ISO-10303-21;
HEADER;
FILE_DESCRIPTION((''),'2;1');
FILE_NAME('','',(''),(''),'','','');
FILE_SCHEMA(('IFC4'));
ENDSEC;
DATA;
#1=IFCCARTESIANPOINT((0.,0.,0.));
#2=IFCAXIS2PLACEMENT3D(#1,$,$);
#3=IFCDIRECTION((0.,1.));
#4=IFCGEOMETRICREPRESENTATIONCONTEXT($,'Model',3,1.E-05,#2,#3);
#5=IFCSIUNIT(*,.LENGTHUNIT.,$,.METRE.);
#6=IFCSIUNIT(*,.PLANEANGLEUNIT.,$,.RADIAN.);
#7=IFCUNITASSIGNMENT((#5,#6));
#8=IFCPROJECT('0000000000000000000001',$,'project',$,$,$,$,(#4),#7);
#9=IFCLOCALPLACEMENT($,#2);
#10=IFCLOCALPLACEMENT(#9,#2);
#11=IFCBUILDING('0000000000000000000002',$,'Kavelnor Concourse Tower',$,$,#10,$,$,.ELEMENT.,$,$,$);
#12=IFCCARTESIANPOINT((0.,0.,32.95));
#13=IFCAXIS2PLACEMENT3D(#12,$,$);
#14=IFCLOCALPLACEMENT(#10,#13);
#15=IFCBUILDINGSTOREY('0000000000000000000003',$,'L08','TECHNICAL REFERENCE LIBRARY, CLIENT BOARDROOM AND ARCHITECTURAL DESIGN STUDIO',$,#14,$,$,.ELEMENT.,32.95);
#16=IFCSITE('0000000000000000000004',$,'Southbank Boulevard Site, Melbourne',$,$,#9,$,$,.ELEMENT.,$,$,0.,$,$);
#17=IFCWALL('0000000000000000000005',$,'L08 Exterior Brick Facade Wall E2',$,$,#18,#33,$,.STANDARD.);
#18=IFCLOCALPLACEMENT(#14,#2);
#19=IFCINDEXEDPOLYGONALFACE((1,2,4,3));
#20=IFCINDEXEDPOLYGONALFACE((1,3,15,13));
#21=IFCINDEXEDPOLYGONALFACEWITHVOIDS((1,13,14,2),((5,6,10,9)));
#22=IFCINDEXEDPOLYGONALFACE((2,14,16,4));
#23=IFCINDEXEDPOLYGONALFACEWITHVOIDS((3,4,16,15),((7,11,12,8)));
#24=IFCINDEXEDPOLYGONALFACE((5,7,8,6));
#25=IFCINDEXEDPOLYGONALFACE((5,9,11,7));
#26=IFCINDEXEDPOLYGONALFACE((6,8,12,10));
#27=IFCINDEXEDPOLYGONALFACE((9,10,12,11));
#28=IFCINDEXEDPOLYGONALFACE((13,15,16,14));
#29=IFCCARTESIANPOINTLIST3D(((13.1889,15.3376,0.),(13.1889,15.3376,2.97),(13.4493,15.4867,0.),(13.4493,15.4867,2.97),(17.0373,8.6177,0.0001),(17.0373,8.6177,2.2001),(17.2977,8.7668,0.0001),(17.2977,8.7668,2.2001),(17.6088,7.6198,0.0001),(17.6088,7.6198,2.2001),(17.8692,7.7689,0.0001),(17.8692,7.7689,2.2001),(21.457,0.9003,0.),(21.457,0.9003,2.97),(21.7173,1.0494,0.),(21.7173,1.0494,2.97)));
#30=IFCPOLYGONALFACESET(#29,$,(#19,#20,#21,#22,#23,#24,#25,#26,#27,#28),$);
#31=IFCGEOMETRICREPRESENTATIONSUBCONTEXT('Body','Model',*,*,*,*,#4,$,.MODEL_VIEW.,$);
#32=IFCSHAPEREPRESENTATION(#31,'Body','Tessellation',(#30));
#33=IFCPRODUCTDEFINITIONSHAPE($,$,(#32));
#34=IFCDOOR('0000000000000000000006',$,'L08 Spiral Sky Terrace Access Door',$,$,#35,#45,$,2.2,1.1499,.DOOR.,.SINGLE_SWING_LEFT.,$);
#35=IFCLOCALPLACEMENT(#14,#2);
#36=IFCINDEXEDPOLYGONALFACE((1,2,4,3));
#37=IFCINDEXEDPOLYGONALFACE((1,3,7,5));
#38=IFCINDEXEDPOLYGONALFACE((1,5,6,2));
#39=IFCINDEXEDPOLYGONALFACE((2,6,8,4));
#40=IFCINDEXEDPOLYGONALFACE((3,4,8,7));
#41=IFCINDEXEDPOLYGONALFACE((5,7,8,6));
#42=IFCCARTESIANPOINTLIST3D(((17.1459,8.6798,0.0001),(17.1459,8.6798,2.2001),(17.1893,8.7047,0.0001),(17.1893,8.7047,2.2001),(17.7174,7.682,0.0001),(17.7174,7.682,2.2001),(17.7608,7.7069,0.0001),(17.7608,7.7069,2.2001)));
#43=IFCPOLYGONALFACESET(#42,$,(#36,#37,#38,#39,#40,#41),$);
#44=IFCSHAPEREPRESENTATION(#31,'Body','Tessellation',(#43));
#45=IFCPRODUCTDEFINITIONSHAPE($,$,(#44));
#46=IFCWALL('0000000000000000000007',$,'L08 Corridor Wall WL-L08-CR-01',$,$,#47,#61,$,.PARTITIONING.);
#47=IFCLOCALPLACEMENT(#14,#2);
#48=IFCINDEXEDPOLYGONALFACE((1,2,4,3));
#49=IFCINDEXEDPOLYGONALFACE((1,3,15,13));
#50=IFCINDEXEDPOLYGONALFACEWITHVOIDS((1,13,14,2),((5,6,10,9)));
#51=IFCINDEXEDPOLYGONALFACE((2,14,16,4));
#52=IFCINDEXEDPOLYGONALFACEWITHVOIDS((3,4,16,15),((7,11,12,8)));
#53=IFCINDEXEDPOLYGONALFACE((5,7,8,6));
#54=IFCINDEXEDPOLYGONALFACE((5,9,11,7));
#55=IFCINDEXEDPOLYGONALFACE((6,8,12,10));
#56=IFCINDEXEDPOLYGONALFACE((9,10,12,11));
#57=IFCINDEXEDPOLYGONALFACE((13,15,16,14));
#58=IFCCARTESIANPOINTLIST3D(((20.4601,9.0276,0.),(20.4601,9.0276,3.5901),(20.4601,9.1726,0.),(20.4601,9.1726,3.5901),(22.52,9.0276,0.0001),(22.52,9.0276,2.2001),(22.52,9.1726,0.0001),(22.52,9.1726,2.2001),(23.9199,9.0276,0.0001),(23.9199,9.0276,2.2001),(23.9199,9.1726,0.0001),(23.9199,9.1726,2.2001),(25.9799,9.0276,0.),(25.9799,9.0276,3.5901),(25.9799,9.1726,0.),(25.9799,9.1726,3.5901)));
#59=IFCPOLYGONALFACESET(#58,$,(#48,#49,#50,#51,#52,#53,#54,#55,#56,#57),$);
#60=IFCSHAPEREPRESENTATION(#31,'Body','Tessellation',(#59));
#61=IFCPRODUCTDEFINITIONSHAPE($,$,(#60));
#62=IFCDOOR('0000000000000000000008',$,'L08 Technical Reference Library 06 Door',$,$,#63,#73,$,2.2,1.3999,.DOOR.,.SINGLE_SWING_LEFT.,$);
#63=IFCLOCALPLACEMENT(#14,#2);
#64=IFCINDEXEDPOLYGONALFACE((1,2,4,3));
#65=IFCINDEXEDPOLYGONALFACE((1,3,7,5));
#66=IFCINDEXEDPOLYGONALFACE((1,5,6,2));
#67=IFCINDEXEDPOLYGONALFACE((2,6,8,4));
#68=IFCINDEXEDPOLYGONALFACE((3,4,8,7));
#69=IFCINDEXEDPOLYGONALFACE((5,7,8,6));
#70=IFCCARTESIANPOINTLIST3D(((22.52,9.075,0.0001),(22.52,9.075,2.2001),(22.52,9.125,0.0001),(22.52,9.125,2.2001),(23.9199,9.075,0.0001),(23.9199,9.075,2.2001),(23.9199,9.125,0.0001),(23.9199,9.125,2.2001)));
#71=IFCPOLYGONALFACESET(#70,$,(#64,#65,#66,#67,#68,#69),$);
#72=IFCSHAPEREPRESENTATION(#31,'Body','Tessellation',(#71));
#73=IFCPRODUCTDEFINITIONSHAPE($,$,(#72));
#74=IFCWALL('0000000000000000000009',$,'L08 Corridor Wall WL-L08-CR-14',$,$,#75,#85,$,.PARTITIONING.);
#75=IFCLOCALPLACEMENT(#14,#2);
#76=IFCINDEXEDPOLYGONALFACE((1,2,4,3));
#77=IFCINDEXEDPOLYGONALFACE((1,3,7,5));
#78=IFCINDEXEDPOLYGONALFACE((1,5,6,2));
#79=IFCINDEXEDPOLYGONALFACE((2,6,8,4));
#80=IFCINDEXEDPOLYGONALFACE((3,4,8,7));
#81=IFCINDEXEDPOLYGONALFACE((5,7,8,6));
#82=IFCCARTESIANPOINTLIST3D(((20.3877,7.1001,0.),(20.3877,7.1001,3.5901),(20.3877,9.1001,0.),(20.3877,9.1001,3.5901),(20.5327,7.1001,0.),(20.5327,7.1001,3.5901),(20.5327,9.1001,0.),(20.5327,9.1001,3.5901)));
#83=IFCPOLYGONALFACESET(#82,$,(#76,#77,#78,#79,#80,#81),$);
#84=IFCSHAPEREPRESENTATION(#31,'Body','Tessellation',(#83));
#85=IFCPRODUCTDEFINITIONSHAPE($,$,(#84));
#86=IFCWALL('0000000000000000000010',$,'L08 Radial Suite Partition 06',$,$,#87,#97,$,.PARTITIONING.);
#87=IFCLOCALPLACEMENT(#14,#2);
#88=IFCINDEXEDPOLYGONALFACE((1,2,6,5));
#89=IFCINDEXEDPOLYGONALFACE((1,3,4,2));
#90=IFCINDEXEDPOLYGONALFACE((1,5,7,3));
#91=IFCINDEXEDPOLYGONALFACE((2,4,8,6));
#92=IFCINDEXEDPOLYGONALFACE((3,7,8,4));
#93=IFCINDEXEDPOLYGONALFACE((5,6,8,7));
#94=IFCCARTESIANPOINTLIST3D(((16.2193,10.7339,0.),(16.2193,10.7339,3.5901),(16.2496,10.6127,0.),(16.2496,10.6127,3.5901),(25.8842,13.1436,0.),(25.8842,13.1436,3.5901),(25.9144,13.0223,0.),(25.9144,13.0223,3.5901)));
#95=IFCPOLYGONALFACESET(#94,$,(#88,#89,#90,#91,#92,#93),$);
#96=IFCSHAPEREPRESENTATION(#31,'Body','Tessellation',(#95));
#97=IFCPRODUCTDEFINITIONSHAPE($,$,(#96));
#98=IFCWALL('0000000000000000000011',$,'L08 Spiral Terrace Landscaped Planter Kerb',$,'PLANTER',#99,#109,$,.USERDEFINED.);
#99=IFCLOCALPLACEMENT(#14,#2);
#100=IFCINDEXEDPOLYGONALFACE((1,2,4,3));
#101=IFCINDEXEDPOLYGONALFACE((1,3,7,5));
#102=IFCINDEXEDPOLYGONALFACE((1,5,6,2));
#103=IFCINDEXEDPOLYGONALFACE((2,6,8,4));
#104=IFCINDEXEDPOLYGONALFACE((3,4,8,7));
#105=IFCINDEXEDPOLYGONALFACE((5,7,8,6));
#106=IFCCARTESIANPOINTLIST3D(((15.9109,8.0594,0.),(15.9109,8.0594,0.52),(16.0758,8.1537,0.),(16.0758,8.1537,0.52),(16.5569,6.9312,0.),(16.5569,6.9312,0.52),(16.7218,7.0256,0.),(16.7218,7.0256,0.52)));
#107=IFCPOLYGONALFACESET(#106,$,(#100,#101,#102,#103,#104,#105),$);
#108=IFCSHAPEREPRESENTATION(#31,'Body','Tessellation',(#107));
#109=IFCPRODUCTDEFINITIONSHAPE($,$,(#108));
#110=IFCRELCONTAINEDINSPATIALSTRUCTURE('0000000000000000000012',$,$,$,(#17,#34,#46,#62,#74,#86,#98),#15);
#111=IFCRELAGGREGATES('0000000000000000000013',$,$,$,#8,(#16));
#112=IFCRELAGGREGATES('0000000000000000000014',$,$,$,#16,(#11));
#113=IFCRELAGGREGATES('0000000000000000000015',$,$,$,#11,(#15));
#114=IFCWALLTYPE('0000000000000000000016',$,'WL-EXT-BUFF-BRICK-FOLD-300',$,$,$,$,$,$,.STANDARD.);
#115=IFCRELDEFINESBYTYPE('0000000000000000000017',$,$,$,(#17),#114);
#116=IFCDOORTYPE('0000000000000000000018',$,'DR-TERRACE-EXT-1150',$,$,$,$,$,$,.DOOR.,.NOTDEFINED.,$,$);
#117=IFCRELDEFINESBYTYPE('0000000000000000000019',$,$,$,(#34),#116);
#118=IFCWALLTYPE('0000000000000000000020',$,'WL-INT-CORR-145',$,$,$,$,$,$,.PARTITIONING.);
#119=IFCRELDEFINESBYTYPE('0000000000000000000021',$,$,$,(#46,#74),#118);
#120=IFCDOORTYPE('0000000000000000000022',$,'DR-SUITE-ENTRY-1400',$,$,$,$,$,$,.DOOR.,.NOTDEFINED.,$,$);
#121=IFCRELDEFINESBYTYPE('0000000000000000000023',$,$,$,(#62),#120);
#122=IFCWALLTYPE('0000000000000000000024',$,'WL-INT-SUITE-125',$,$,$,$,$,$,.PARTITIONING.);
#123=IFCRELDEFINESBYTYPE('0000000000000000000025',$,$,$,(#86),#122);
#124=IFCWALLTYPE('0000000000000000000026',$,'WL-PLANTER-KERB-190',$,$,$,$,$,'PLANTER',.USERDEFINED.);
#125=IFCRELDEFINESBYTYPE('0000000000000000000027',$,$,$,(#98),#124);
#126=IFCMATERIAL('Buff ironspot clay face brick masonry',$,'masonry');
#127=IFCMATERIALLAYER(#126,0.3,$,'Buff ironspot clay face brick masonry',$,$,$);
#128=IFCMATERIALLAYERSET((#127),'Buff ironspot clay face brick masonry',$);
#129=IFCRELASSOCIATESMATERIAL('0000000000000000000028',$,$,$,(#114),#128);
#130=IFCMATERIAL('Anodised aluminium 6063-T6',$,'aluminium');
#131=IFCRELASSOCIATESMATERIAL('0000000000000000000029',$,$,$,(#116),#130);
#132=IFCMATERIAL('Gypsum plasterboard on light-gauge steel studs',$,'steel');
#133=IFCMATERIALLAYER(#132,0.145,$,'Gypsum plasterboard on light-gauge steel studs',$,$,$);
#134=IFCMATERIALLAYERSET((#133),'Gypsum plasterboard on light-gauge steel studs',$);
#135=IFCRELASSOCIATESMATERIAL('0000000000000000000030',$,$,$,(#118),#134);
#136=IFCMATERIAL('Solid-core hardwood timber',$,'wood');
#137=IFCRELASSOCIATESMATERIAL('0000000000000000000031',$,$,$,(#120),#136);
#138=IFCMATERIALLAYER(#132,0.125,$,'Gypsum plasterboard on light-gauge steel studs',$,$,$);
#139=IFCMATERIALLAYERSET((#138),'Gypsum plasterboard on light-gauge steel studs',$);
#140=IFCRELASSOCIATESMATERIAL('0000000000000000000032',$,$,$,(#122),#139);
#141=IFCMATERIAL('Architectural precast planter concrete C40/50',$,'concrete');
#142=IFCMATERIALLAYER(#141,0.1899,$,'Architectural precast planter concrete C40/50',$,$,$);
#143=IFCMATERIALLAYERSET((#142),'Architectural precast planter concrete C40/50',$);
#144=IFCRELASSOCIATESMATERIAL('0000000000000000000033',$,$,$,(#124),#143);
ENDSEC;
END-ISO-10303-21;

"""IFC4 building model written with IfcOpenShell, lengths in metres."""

from ifc_helpers import new_model, si_unit, direction, frame, frame_2d, origin, place, context, subcontext, project, spatial, rectangle, extrude, material, layer, layer_set, type_object, element, fill, save


model = new_model("IFC4")

# Units and contexts
model_context = context("Model", 3, precision=1e-05, world=origin(), true_north=direction((0.0, 1.0)))
body_context = subcontext(model_context, "Body", "Model", "MODEL_VIEW")
ifc_project = project(units=[si_unit("LENGTHUNIT", "METRE"), si_unit("PLANEANGLEUNIT", "RADIAN")], contexts=[model_context])

# Site, building, storey
site_placement = place(None, origin())
site = spatial("IfcSite", under=ifc_project, at=site_placement, Name="Southbank Boulevard Site, Melbourne", CompositionType="ELEMENT", RefElevation=0.0)
building_placement = place(site_placement, origin())
building = spatial("IfcBuilding", under=site, at=building_placement, Name="Kavelnor Concourse Tower", CompositionType="ELEMENT")
storey_placement = place(building_placement, frame((0.0, 0.0, 32.95)))
storey = spatial("IfcBuildingStorey", under=building, at=storey_placement, Name="L08", Description="TECHNICAL REFERENCE LIBRARY, CLIENT BOARDROOM AND ARCHITECTURAL DESIGN STUDIO", CompositionType="ELEMENT", Elevation=32.95)

# Walls, openings, doors
ifc_material_1 = material(Name="Buff ironspot clay face brick masonry", Category="masonry")
ifc_layer_1 = layer(ifc_material_1, 0.3, Name="Buff ironspot clay face brick masonry")
ifc_layer_set_1 = layer_set([ifc_layer_1], Name="Buff ironspot clay face brick masonry")
wall_type_1 = type_object("IfcWallType", Name="WL-EXT-BUFF-BRICK-FOLD-300", PredefinedType="STANDARD", material=ifc_layer_set_1)
wall_1_placement = place(storey_placement, frame((21.5872, 0.9749, 0.0), z_axis=(0.0, 0.0, 1.0), x_axis=(-0.496964, 0.867771, 0.0)))
wall_1 = element("IfcWall", 1, at=wall_1_placement, inside=storey, type_object=wall_type_1, Name="L08 Exterior Brick Facade Wall E2", PredefinedType="STANDARD", context=body_context, shape_type="SweptSolid", body=[
    extrude(rectangle(XDim=16.6372, YDim=0.3, at=frame_2d((8.3186, 0.0))), origin(), (0.0, 0.0, 1.0), 2.97),
])
opening_1_placement = place(wall_1_placement, frame((7.7434, 0.0, 0.0)))
opening_1 = element("IfcOpeningElement", 2, at=opening_1_placement, cuts=wall_1, PredefinedType="OPENING", context=body_context, shape_type="SweptSolid", body=[
    extrude(rectangle(XDim=1.1499, YDim=2.2, at=frame_2d((0.575, 1.1001))), frame((0.0, 0.1602, 0.0), z_axis=(0.0, -1.0, 0.0), x_axis=(1.0, 0.0, 0.0)), (0.0, 0.0, 1.0), 0.3201),
])
ifc_material_2 = material(Name="Anodised aluminium 6063-T6", Category="aluminium")
door_type_1 = type_object("IfcDoorType", Name="DR-TERRACE-EXT-1150", OperationType="NOTDEFINED", PredefinedType="DOOR", material=ifc_material_2)
door_1_placement = place(opening_1_placement, origin())
door_1 = element("IfcDoor", 3, at=door_1_placement, inside=storey, type_object=door_type_1, Name="L08 Spiral Sky Terrace Access Door", OperationType="SINGLE_SWING_LEFT", OverallHeight=2.2, OverallWidth=1.1499, PredefinedType="DOOR", context=body_context, shape_type="SweptSolid", body=[
    extrude(rectangle(XDim=1.1499, YDim=2.2, at=frame_2d((0.575, 1.1001))), frame((0.0, 0.0249, 0.0), z_axis=(0.0, -1.0, 0.0), x_axis=(1.0, 0.0, 0.0)), (0.0, 0.0, 1.0), 0.05),
])
fill(opening_1, door_1)
ifc_material_3 = material(Name="Gypsum plasterboard on light-gauge steel studs", Category="steel")
ifc_layer_2 = layer(ifc_material_3, 0.145, Name="Gypsum plasterboard on light-gauge steel studs")
ifc_layer_set_2 = layer_set([ifc_layer_2], Name="Gypsum plasterboard on light-gauge steel studs")
wall_type_2 = type_object("IfcWallType", Name="WL-INT-CORR-145", PredefinedType="PARTITIONING", material=ifc_layer_set_2)
wall_2_placement = place(storey_placement, frame((20.4602, 9.1001, 0.0), z_axis=(0.0, 0.0, 1.0), x_axis=(1.0, 0.0, 0.0)))
wall_2 = element("IfcWall", 4, at=wall_2_placement, inside=storey, type_object=wall_type_2, Name="L08 Corridor Wall WL-L08-CR-01", PredefinedType="PARTITIONING", context=body_context, shape_type="SweptSolid", body=[
    extrude(rectangle(XDim=5.5198, YDim=0.145, at=frame_2d((2.7598, 0.0))), origin(), (0.0, 0.0, 1.0), 3.5901),
])
opening_2_placement = place(wall_2_placement, frame((2.0598, 0.0, 0.0)))
opening_2 = element("IfcOpeningElement", 5, at=opening_2_placement, cuts=wall_2, PredefinedType="OPENING", context=body_context, shape_type="SweptSolid", body=[
    extrude(rectangle(XDim=1.3999, YDim=2.2, at=frame_2d((0.7, 1.1001))), frame((0.0, 0.0825, 0.0), z_axis=(0.0, -1.0, 0.0), x_axis=(1.0, 0.0, 0.0)), (0.0, 0.0, 1.0), 0.165),
])
ifc_material_4 = material(Name="Solid-core hardwood timber", Category="wood")
door_type_2 = type_object("IfcDoorType", Name="DR-SUITE-ENTRY-1400", OperationType="NOTDEFINED", PredefinedType="DOOR", material=ifc_material_4)
door_2_placement = place(opening_2_placement, origin())
door_2 = element("IfcDoor", 6, at=door_2_placement, inside=storey, type_object=door_type_2, Name="L08 Technical Reference Library 06 Door", OperationType="SINGLE_SWING_LEFT", OverallHeight=2.2, OverallWidth=1.3999, PredefinedType="DOOR", context=body_context, shape_type="SweptSolid", body=[
    extrude(rectangle(XDim=1.3999, YDim=2.2, at=frame_2d((0.7, 1.1001))), frame((0.0, 0.0249, 0.0), z_axis=(0.0, -1.0, 0.0), x_axis=(1.0, 0.0, 0.0)), (0.0, 0.0, 1.0), 0.05),
])
fill(opening_2, door_2)

# Walls
wall_3_placement = place(storey_placement, frame((20.4602, 7.1001, 0.0), z_axis=(0.0, 0.0, 1.0), x_axis=(0.0, 1.0, 0.0)))
element("IfcWall", 7, at=wall_3_placement, inside=storey, type_object=wall_type_2, Name="L08 Corridor Wall WL-L08-CR-14", PredefinedType="PARTITIONING", context=body_context, shape_type="SweptSolid", body=[
    extrude(rectangle(XDim=2.0, YDim=0.145, at=frame_2d((1.0, 0.0))), origin(), (0.0, 0.0, 1.0), 3.5901),
])
ifc_layer_3 = layer(ifc_material_3, 0.125, Name="Gypsum plasterboard on light-gauge steel studs")
ifc_layer_set_3 = layer_set([ifc_layer_3], Name="Gypsum plasterboard on light-gauge steel studs")
wall_type_3 = type_object("IfcWallType", Name="WL-INT-SUITE-125", PredefinedType="PARTITIONING", material=ifc_layer_set_3)
wall_4_placement = place(storey_placement, frame((25.8994, 13.083, 0.0), z_axis=(0.0, 0.0, 1.0), x_axis=(-0.970297, -0.241918, 0.0)))
element("IfcWall", 8, at=wall_4_placement, inside=storey, type_object=wall_type_3, Name="L08 Radial Suite Partition 06", PredefinedType="PARTITIONING", context=body_context, shape_type="SweptSolid", body=[
    extrude(rectangle(XDim=9.9607, YDim=0.125, at=frame_2d((4.9805, 0.0))), origin(), (0.0, 0.0, 1.0), 3.5901),
])
ifc_material_5 = material(Name="Architectural precast planter concrete C40/50", Category="concrete")
ifc_layer_4 = layer(ifc_material_5, 0.1899, Name="Architectural precast planter concrete C40/50")
ifc_layer_set_4 = layer_set([ifc_layer_4], Name="Architectural precast planter concrete C40/50")
wall_type_4 = type_object("IfcWallType", Name="WL-PLANTER-KERB-190", ElementType="PLANTER", PredefinedType="USERDEFINED", material=ifc_layer_set_4)
wall_5_placement = place(storey_placement, frame((15.9934, 8.1064, 0.0), z_axis=(0.0, 0.0, 1.0), x_axis=(0.496907, -0.867804, 0.0)))
element("IfcWall", 9, at=wall_5_placement, inside=storey, type_object=wall_type_4, Name="L08 Spiral Terrace Landscaped Planter Kerb", ObjectType="PLANTER", PredefinedType="USERDEFINED", context=body_context, shape_type="SweptSolid", body=[
    extrude(rectangle(XDim=1.3, YDim=0.1899, at=frame_2d((0.6499, 0.0))), origin(), (0.0, 0.0, 1.0), 0.52),
])

save(model, "model.ifc")
